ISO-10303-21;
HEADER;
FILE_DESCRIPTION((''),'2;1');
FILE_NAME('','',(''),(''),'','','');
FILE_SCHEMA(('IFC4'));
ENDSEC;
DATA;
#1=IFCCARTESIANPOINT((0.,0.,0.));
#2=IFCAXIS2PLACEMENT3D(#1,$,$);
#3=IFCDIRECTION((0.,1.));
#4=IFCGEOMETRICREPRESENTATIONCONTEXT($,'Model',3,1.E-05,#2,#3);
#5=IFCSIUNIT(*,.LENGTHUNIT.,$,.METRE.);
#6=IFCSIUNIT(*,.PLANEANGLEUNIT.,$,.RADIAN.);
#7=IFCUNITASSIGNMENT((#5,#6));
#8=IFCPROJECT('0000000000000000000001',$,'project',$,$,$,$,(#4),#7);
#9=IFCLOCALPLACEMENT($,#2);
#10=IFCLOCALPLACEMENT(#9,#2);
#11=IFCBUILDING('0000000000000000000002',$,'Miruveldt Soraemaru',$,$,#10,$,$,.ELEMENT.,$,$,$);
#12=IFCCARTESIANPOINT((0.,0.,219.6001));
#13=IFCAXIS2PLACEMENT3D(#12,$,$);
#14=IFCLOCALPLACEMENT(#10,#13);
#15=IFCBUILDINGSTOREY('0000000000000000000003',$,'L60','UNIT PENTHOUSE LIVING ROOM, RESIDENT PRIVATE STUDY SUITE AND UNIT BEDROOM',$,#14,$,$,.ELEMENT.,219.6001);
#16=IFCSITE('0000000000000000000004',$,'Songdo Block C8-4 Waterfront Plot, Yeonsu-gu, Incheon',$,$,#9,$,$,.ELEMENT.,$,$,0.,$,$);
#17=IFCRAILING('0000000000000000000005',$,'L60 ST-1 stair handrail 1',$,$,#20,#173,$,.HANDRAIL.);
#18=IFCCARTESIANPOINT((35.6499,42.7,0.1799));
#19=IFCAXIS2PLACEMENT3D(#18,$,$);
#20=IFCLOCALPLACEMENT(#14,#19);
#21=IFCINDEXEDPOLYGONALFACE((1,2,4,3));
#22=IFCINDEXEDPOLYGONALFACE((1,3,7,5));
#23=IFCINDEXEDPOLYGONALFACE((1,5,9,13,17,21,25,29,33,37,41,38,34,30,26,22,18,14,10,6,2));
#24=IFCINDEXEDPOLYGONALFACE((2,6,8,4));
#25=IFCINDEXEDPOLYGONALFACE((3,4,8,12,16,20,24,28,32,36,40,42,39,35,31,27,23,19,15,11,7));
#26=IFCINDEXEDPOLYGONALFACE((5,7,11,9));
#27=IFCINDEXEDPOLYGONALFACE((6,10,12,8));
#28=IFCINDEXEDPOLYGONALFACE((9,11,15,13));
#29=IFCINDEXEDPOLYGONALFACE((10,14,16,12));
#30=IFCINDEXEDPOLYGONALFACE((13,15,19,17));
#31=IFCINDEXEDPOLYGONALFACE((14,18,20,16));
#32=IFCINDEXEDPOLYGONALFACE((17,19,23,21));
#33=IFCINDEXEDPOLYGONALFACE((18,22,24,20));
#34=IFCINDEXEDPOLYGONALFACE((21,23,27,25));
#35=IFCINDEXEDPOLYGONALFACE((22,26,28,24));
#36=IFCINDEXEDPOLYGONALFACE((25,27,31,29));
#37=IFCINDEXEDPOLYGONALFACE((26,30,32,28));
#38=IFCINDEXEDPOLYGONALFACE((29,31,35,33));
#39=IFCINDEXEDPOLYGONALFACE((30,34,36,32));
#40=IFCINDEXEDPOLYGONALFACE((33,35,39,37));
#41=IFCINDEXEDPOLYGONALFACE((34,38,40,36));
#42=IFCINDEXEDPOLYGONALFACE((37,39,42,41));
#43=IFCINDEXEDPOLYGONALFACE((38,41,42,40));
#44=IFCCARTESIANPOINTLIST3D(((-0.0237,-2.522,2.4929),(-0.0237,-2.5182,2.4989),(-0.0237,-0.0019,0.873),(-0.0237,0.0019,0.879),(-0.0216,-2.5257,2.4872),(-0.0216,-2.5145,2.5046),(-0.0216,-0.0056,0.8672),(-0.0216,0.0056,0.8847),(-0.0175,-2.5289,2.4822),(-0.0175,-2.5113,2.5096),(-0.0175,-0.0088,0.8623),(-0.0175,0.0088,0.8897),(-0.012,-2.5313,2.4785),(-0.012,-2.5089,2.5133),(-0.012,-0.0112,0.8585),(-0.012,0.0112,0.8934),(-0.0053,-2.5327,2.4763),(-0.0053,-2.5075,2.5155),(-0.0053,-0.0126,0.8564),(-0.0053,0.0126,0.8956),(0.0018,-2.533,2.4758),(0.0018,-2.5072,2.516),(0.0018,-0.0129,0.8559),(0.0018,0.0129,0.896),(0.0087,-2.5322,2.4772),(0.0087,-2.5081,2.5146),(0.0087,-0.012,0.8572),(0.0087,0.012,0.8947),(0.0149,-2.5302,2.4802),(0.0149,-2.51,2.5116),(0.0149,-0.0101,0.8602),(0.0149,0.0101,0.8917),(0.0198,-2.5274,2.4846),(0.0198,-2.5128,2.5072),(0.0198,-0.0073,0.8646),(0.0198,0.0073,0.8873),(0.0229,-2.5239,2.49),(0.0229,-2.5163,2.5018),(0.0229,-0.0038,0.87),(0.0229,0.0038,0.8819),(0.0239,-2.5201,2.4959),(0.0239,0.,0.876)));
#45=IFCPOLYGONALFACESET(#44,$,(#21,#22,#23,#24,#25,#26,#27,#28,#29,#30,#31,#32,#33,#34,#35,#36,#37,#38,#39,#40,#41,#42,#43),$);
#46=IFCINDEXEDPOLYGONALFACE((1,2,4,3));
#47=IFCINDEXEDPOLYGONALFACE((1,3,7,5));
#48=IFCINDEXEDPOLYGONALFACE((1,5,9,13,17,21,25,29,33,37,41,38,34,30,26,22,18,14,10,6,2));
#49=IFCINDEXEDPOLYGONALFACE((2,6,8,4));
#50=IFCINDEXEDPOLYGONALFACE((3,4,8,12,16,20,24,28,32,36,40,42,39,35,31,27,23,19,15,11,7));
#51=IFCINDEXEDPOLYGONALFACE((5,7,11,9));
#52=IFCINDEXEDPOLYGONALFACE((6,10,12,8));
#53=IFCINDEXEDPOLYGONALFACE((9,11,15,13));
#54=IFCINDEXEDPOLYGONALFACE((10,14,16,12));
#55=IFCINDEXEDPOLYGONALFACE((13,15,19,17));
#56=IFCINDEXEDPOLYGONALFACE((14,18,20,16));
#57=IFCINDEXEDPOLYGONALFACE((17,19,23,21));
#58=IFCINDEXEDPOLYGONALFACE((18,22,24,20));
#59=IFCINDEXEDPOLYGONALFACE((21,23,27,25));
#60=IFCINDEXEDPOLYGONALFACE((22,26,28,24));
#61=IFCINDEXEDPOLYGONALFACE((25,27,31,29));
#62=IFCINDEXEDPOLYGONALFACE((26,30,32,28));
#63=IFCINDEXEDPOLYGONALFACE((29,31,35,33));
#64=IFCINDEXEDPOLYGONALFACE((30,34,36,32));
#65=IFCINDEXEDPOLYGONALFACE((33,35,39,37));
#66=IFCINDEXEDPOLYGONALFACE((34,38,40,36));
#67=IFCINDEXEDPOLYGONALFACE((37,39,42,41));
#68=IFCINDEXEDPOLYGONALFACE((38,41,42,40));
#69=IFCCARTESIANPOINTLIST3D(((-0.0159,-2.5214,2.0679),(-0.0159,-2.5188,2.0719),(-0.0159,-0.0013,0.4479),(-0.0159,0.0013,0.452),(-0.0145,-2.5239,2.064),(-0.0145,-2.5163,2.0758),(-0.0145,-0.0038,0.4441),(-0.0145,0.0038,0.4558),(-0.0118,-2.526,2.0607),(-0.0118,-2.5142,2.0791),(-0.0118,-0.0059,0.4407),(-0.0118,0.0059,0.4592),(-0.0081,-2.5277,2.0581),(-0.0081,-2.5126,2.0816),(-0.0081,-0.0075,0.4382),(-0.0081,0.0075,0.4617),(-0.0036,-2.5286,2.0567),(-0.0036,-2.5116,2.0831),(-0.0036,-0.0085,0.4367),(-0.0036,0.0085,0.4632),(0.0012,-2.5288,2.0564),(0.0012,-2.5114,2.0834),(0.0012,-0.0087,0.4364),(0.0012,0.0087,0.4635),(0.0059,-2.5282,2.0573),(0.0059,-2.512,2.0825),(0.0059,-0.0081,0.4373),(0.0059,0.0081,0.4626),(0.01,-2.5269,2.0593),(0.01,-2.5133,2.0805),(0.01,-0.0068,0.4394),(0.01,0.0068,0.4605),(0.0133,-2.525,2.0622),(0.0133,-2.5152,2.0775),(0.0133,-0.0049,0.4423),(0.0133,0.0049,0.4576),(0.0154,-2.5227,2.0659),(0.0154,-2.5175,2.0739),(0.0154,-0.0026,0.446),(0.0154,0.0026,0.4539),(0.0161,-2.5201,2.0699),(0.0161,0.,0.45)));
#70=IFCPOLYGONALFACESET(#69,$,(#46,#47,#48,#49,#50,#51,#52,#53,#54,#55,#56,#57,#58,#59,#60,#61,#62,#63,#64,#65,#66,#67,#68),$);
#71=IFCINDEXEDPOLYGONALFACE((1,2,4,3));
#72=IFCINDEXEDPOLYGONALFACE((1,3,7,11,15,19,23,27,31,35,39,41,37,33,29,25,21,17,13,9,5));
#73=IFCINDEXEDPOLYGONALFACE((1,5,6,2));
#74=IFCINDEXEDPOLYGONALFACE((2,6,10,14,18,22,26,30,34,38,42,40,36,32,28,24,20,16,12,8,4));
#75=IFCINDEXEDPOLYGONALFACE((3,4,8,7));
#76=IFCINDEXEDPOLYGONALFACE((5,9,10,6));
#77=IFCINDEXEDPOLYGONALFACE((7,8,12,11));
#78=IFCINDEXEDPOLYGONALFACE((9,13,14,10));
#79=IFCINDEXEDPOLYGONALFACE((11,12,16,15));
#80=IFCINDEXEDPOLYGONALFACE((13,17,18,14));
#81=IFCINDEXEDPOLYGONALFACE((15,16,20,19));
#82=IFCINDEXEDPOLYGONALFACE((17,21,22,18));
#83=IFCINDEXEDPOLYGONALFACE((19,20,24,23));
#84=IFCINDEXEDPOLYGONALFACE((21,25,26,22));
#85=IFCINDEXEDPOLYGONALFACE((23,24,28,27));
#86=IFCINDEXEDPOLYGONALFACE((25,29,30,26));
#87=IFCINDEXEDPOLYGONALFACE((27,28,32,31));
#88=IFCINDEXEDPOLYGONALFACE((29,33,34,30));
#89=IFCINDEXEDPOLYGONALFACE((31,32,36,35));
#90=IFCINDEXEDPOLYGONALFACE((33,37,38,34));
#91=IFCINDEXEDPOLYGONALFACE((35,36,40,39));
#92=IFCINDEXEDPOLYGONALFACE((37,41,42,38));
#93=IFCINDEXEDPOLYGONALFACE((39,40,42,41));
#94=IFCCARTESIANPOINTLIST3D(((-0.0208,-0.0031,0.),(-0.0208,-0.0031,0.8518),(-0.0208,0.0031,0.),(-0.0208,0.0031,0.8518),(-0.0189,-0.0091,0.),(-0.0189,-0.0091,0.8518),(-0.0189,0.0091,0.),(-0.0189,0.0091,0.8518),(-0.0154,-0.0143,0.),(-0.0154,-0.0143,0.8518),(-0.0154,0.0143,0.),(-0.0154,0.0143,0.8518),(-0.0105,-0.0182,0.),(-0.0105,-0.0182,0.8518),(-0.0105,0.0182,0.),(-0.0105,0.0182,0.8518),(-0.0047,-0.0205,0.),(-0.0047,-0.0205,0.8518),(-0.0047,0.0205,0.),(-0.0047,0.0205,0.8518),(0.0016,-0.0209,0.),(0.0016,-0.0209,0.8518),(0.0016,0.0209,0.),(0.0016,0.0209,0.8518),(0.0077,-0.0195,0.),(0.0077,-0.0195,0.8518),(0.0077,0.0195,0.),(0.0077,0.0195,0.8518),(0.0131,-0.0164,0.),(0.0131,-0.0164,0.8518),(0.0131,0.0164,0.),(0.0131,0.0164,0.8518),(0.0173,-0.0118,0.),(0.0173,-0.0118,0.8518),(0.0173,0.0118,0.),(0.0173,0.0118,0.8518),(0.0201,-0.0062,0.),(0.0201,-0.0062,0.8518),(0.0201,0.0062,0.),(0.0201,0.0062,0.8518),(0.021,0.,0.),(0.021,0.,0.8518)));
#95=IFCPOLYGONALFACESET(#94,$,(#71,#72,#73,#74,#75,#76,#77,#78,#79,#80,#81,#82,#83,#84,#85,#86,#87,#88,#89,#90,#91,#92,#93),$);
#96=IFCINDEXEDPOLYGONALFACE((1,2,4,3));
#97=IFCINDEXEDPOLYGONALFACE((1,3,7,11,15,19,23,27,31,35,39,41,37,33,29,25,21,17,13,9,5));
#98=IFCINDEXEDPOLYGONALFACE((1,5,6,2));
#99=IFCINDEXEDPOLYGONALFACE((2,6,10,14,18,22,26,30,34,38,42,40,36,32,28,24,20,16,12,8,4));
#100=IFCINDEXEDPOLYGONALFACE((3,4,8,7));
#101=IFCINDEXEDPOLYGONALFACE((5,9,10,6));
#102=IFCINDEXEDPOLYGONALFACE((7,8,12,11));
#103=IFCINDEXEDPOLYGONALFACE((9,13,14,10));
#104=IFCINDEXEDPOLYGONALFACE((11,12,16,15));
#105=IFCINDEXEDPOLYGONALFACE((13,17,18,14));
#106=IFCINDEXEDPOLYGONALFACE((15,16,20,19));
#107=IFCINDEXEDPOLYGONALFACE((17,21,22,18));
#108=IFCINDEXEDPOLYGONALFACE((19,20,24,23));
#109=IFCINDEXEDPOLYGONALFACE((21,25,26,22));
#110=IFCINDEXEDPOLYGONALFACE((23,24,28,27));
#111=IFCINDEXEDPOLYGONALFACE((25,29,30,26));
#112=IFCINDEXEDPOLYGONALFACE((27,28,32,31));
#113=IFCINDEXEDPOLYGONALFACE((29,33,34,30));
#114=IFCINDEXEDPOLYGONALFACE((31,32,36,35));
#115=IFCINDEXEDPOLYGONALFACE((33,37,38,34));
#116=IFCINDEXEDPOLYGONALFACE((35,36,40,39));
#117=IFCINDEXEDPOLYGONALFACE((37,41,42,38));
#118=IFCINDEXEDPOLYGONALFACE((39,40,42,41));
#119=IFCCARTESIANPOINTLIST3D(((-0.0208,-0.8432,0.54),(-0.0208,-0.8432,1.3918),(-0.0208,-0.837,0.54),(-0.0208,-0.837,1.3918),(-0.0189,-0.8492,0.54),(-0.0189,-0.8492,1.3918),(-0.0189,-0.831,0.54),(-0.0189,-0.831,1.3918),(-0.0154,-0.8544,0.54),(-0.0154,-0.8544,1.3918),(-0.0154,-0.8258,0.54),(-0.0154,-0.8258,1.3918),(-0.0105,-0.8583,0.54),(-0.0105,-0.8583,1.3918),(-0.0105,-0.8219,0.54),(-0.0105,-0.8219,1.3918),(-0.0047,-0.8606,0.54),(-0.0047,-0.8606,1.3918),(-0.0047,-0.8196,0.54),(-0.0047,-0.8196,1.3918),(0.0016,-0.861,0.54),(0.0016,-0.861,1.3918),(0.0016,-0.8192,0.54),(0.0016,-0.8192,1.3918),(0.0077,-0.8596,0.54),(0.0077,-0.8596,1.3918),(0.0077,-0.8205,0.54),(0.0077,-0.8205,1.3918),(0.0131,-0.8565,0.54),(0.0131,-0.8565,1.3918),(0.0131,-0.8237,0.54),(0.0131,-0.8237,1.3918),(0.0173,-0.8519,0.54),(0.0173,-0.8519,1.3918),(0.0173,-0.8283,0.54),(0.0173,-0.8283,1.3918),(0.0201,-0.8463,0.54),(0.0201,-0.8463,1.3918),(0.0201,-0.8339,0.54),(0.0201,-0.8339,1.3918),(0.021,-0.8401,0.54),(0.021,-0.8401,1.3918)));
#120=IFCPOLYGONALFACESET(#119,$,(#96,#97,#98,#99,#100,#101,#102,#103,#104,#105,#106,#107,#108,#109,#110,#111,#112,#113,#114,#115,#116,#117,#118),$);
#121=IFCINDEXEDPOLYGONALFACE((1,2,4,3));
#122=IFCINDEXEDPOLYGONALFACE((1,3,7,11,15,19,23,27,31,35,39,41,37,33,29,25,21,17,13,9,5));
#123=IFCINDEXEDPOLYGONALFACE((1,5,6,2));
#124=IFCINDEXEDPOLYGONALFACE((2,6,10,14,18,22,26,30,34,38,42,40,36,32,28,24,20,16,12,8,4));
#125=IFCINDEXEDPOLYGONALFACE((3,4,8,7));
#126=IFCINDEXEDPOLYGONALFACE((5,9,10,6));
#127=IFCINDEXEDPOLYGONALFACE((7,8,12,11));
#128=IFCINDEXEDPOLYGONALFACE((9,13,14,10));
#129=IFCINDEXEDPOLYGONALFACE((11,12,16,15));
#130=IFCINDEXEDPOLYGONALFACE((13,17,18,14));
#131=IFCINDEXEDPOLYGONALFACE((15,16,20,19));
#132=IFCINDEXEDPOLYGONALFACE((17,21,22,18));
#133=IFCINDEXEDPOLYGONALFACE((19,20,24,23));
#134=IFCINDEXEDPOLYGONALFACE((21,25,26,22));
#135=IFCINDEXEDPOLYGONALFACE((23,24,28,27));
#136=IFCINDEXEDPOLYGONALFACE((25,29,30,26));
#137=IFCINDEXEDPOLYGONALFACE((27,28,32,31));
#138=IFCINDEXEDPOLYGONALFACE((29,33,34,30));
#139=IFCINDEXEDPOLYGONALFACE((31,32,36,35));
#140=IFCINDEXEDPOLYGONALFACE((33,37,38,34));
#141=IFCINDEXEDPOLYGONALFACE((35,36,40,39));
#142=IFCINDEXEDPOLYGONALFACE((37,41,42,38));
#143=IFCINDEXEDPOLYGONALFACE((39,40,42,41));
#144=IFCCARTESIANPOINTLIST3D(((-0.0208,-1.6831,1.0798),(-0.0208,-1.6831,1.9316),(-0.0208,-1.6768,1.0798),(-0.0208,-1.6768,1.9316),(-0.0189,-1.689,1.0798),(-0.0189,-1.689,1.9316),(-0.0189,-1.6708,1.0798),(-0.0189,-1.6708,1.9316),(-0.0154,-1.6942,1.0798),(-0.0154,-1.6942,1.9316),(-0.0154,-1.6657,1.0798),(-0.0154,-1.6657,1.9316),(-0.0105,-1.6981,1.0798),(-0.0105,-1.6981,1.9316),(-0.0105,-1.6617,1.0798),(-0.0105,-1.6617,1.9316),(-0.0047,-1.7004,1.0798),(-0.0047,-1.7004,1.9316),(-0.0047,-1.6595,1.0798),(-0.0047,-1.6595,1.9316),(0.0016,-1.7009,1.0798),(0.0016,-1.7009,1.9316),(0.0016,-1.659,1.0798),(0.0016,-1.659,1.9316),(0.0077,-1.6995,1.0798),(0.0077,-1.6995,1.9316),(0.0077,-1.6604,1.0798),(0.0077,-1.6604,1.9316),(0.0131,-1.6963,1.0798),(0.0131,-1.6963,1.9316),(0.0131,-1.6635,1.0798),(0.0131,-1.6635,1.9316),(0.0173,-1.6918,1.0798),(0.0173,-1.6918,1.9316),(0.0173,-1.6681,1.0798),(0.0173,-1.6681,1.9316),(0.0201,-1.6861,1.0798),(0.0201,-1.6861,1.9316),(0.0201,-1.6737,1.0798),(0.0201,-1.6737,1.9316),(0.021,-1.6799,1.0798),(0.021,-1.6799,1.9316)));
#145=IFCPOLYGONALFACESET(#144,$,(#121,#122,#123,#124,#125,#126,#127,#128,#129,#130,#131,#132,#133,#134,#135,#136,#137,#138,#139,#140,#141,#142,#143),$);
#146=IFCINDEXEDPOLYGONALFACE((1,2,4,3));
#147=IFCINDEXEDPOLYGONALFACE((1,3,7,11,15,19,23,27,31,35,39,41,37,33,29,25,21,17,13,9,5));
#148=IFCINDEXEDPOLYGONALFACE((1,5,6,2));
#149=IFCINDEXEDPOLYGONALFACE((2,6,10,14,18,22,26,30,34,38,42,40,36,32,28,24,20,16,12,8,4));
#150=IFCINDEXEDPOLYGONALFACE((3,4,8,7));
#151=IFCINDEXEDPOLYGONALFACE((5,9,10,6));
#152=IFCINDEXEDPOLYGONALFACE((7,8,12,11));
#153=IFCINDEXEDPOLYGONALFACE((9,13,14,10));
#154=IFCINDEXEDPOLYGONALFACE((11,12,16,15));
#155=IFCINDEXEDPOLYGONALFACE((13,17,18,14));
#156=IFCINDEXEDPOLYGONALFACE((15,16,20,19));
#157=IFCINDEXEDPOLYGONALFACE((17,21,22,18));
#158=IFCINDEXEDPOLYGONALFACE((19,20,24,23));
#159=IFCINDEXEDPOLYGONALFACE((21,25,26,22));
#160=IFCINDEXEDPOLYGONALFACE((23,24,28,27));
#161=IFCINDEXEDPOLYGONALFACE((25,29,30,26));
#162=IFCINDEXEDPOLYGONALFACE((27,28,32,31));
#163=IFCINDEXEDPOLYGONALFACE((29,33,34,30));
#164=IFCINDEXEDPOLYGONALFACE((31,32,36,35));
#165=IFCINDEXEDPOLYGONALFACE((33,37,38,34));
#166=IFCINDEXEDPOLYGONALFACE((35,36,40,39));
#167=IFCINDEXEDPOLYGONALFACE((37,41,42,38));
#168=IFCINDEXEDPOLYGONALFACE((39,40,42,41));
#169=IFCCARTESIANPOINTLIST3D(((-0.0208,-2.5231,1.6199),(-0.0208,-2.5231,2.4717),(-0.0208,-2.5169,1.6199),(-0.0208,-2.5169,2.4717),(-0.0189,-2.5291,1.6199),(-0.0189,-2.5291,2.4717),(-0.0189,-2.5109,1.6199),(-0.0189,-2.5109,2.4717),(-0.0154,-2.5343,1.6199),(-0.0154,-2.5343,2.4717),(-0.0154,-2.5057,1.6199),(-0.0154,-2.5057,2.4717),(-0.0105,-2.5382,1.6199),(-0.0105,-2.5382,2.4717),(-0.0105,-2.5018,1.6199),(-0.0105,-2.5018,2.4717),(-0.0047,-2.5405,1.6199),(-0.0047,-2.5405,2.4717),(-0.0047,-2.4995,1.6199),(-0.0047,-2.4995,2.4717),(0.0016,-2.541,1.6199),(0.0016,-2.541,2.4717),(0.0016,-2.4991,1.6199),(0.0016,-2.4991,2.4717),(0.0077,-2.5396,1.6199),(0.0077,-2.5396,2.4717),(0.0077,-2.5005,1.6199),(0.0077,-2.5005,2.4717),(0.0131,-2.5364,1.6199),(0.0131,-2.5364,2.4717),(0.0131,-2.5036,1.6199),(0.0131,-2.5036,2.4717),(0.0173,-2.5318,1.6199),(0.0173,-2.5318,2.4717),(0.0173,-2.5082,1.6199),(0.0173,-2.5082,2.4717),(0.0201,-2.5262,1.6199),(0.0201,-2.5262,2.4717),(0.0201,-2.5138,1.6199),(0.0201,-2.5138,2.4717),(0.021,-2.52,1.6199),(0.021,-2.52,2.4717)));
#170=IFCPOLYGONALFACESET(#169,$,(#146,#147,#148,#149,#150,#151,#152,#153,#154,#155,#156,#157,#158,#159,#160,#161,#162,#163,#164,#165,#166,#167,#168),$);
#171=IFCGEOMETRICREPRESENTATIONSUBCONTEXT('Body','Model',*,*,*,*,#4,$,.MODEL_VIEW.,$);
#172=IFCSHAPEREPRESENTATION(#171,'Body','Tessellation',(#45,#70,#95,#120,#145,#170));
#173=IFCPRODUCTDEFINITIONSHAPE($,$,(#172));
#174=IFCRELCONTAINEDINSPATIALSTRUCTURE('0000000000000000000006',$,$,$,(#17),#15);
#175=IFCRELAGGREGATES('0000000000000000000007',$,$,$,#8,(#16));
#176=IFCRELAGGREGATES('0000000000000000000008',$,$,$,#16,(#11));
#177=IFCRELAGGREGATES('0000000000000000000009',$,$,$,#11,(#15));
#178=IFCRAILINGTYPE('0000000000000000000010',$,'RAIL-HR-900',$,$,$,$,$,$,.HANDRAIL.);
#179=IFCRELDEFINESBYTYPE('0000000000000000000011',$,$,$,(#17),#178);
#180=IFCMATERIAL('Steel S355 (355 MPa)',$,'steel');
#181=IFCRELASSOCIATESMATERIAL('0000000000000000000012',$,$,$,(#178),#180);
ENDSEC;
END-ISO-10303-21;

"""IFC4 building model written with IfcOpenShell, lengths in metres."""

from ifc_helpers import new_model, si_unit, direction, frame, origin, origin_2d, place, context, subcontext, project, spatial, circle, extrude, material, type_object, element, save


model = new_model("IFC4")

# Units and contexts
model_context = context("Model", 3, precision=1e-05, world=origin(), true_north=direction((0.0, 1.0)))
body_context = subcontext(model_context, "Body", "Model", "MODEL_VIEW")
ifc_project = project(units=[si_unit("LENGTHUNIT", "METRE"), si_unit("PLANEANGLEUNIT", "RADIAN")], contexts=[model_context])

# Site, building, storey
site_placement = place(None, origin())
site = spatial("IfcSite", under=ifc_project, at=site_placement, Name="Songdo Block C8-4 Waterfront Plot, Yeonsu-gu, Incheon", CompositionType="ELEMENT", RefElevation=0.0)
building_placement = place(site_placement, origin())
building = spatial("IfcBuilding", under=site, at=building_placement, Name="Miruveldt Soraemaru", CompositionType="ELEMENT")
storey_placement = place(building_placement, frame((0.0, 0.0, 219.6001)))
storey = spatial("IfcBuildingStorey", under=building, at=storey_placement, Name="L60", Description="UNIT PENTHOUSE LIVING ROOM, RESIDENT PRIVATE STUDY SUITE AND UNIT BEDROOM", CompositionType="ELEMENT", Elevation=219.6001)

# Railing
ifc_material_1 = material(Name="Steel S355 (355 MPa)", Category="steel")
railing_type_1 = type_object("IfcRailingType", Name="RAIL-HR-900", PredefinedType="HANDRAIL", material=ifc_material_1)
railing_1_placement = place(storey_placement, frame((35.6499, 42.7, 0.1799)))
element("IfcRailing", 1, at=railing_1_placement, inside=storey, type_object=railing_type_1, Name="L60 ST-1 stair handrail 1", PredefinedType="HANDRAIL", context=body_context, shape_type="SweptSolid", body=[
    extrude(circle(Radius=0.0239, at=origin_2d()), frame((0.0, 0.0, 0.876), z_axis=(0.0, -0.8412, 0.540725), x_axis=(1.0, 0.0, 0.0)), (0.0, 0.0, 1.0), 2.9958),
    extrude(circle(Radius=0.0161, at=origin_2d()), frame((0.0, 0.0, 0.45), z_axis=(0.0, -0.8412, 0.540725), x_axis=(1.0, 0.0, 0.0)), (0.0, 0.0, 1.0), 2.9958),
    extrude(circle(Radius=0.021, at=origin_2d()), origin(), (0.0, 0.0, 1.0), 0.8518),
    extrude(circle(Radius=0.021, at=origin_2d()), frame((0.0, -0.8401, 0.54)), (0.0, 0.0, 1.0), 0.8518),
    extrude(circle(Radius=0.021, at=origin_2d()), frame((0.0, -1.6799, 1.0798)), (0.0, 0.0, 1.0), 0.8518),
    extrude(circle(Radius=0.021, at=origin_2d()), frame((0.0, -2.52, 1.6199)), (0.0, 0.0, 1.0), 0.8518),
])

save(model, "model.ifc")
